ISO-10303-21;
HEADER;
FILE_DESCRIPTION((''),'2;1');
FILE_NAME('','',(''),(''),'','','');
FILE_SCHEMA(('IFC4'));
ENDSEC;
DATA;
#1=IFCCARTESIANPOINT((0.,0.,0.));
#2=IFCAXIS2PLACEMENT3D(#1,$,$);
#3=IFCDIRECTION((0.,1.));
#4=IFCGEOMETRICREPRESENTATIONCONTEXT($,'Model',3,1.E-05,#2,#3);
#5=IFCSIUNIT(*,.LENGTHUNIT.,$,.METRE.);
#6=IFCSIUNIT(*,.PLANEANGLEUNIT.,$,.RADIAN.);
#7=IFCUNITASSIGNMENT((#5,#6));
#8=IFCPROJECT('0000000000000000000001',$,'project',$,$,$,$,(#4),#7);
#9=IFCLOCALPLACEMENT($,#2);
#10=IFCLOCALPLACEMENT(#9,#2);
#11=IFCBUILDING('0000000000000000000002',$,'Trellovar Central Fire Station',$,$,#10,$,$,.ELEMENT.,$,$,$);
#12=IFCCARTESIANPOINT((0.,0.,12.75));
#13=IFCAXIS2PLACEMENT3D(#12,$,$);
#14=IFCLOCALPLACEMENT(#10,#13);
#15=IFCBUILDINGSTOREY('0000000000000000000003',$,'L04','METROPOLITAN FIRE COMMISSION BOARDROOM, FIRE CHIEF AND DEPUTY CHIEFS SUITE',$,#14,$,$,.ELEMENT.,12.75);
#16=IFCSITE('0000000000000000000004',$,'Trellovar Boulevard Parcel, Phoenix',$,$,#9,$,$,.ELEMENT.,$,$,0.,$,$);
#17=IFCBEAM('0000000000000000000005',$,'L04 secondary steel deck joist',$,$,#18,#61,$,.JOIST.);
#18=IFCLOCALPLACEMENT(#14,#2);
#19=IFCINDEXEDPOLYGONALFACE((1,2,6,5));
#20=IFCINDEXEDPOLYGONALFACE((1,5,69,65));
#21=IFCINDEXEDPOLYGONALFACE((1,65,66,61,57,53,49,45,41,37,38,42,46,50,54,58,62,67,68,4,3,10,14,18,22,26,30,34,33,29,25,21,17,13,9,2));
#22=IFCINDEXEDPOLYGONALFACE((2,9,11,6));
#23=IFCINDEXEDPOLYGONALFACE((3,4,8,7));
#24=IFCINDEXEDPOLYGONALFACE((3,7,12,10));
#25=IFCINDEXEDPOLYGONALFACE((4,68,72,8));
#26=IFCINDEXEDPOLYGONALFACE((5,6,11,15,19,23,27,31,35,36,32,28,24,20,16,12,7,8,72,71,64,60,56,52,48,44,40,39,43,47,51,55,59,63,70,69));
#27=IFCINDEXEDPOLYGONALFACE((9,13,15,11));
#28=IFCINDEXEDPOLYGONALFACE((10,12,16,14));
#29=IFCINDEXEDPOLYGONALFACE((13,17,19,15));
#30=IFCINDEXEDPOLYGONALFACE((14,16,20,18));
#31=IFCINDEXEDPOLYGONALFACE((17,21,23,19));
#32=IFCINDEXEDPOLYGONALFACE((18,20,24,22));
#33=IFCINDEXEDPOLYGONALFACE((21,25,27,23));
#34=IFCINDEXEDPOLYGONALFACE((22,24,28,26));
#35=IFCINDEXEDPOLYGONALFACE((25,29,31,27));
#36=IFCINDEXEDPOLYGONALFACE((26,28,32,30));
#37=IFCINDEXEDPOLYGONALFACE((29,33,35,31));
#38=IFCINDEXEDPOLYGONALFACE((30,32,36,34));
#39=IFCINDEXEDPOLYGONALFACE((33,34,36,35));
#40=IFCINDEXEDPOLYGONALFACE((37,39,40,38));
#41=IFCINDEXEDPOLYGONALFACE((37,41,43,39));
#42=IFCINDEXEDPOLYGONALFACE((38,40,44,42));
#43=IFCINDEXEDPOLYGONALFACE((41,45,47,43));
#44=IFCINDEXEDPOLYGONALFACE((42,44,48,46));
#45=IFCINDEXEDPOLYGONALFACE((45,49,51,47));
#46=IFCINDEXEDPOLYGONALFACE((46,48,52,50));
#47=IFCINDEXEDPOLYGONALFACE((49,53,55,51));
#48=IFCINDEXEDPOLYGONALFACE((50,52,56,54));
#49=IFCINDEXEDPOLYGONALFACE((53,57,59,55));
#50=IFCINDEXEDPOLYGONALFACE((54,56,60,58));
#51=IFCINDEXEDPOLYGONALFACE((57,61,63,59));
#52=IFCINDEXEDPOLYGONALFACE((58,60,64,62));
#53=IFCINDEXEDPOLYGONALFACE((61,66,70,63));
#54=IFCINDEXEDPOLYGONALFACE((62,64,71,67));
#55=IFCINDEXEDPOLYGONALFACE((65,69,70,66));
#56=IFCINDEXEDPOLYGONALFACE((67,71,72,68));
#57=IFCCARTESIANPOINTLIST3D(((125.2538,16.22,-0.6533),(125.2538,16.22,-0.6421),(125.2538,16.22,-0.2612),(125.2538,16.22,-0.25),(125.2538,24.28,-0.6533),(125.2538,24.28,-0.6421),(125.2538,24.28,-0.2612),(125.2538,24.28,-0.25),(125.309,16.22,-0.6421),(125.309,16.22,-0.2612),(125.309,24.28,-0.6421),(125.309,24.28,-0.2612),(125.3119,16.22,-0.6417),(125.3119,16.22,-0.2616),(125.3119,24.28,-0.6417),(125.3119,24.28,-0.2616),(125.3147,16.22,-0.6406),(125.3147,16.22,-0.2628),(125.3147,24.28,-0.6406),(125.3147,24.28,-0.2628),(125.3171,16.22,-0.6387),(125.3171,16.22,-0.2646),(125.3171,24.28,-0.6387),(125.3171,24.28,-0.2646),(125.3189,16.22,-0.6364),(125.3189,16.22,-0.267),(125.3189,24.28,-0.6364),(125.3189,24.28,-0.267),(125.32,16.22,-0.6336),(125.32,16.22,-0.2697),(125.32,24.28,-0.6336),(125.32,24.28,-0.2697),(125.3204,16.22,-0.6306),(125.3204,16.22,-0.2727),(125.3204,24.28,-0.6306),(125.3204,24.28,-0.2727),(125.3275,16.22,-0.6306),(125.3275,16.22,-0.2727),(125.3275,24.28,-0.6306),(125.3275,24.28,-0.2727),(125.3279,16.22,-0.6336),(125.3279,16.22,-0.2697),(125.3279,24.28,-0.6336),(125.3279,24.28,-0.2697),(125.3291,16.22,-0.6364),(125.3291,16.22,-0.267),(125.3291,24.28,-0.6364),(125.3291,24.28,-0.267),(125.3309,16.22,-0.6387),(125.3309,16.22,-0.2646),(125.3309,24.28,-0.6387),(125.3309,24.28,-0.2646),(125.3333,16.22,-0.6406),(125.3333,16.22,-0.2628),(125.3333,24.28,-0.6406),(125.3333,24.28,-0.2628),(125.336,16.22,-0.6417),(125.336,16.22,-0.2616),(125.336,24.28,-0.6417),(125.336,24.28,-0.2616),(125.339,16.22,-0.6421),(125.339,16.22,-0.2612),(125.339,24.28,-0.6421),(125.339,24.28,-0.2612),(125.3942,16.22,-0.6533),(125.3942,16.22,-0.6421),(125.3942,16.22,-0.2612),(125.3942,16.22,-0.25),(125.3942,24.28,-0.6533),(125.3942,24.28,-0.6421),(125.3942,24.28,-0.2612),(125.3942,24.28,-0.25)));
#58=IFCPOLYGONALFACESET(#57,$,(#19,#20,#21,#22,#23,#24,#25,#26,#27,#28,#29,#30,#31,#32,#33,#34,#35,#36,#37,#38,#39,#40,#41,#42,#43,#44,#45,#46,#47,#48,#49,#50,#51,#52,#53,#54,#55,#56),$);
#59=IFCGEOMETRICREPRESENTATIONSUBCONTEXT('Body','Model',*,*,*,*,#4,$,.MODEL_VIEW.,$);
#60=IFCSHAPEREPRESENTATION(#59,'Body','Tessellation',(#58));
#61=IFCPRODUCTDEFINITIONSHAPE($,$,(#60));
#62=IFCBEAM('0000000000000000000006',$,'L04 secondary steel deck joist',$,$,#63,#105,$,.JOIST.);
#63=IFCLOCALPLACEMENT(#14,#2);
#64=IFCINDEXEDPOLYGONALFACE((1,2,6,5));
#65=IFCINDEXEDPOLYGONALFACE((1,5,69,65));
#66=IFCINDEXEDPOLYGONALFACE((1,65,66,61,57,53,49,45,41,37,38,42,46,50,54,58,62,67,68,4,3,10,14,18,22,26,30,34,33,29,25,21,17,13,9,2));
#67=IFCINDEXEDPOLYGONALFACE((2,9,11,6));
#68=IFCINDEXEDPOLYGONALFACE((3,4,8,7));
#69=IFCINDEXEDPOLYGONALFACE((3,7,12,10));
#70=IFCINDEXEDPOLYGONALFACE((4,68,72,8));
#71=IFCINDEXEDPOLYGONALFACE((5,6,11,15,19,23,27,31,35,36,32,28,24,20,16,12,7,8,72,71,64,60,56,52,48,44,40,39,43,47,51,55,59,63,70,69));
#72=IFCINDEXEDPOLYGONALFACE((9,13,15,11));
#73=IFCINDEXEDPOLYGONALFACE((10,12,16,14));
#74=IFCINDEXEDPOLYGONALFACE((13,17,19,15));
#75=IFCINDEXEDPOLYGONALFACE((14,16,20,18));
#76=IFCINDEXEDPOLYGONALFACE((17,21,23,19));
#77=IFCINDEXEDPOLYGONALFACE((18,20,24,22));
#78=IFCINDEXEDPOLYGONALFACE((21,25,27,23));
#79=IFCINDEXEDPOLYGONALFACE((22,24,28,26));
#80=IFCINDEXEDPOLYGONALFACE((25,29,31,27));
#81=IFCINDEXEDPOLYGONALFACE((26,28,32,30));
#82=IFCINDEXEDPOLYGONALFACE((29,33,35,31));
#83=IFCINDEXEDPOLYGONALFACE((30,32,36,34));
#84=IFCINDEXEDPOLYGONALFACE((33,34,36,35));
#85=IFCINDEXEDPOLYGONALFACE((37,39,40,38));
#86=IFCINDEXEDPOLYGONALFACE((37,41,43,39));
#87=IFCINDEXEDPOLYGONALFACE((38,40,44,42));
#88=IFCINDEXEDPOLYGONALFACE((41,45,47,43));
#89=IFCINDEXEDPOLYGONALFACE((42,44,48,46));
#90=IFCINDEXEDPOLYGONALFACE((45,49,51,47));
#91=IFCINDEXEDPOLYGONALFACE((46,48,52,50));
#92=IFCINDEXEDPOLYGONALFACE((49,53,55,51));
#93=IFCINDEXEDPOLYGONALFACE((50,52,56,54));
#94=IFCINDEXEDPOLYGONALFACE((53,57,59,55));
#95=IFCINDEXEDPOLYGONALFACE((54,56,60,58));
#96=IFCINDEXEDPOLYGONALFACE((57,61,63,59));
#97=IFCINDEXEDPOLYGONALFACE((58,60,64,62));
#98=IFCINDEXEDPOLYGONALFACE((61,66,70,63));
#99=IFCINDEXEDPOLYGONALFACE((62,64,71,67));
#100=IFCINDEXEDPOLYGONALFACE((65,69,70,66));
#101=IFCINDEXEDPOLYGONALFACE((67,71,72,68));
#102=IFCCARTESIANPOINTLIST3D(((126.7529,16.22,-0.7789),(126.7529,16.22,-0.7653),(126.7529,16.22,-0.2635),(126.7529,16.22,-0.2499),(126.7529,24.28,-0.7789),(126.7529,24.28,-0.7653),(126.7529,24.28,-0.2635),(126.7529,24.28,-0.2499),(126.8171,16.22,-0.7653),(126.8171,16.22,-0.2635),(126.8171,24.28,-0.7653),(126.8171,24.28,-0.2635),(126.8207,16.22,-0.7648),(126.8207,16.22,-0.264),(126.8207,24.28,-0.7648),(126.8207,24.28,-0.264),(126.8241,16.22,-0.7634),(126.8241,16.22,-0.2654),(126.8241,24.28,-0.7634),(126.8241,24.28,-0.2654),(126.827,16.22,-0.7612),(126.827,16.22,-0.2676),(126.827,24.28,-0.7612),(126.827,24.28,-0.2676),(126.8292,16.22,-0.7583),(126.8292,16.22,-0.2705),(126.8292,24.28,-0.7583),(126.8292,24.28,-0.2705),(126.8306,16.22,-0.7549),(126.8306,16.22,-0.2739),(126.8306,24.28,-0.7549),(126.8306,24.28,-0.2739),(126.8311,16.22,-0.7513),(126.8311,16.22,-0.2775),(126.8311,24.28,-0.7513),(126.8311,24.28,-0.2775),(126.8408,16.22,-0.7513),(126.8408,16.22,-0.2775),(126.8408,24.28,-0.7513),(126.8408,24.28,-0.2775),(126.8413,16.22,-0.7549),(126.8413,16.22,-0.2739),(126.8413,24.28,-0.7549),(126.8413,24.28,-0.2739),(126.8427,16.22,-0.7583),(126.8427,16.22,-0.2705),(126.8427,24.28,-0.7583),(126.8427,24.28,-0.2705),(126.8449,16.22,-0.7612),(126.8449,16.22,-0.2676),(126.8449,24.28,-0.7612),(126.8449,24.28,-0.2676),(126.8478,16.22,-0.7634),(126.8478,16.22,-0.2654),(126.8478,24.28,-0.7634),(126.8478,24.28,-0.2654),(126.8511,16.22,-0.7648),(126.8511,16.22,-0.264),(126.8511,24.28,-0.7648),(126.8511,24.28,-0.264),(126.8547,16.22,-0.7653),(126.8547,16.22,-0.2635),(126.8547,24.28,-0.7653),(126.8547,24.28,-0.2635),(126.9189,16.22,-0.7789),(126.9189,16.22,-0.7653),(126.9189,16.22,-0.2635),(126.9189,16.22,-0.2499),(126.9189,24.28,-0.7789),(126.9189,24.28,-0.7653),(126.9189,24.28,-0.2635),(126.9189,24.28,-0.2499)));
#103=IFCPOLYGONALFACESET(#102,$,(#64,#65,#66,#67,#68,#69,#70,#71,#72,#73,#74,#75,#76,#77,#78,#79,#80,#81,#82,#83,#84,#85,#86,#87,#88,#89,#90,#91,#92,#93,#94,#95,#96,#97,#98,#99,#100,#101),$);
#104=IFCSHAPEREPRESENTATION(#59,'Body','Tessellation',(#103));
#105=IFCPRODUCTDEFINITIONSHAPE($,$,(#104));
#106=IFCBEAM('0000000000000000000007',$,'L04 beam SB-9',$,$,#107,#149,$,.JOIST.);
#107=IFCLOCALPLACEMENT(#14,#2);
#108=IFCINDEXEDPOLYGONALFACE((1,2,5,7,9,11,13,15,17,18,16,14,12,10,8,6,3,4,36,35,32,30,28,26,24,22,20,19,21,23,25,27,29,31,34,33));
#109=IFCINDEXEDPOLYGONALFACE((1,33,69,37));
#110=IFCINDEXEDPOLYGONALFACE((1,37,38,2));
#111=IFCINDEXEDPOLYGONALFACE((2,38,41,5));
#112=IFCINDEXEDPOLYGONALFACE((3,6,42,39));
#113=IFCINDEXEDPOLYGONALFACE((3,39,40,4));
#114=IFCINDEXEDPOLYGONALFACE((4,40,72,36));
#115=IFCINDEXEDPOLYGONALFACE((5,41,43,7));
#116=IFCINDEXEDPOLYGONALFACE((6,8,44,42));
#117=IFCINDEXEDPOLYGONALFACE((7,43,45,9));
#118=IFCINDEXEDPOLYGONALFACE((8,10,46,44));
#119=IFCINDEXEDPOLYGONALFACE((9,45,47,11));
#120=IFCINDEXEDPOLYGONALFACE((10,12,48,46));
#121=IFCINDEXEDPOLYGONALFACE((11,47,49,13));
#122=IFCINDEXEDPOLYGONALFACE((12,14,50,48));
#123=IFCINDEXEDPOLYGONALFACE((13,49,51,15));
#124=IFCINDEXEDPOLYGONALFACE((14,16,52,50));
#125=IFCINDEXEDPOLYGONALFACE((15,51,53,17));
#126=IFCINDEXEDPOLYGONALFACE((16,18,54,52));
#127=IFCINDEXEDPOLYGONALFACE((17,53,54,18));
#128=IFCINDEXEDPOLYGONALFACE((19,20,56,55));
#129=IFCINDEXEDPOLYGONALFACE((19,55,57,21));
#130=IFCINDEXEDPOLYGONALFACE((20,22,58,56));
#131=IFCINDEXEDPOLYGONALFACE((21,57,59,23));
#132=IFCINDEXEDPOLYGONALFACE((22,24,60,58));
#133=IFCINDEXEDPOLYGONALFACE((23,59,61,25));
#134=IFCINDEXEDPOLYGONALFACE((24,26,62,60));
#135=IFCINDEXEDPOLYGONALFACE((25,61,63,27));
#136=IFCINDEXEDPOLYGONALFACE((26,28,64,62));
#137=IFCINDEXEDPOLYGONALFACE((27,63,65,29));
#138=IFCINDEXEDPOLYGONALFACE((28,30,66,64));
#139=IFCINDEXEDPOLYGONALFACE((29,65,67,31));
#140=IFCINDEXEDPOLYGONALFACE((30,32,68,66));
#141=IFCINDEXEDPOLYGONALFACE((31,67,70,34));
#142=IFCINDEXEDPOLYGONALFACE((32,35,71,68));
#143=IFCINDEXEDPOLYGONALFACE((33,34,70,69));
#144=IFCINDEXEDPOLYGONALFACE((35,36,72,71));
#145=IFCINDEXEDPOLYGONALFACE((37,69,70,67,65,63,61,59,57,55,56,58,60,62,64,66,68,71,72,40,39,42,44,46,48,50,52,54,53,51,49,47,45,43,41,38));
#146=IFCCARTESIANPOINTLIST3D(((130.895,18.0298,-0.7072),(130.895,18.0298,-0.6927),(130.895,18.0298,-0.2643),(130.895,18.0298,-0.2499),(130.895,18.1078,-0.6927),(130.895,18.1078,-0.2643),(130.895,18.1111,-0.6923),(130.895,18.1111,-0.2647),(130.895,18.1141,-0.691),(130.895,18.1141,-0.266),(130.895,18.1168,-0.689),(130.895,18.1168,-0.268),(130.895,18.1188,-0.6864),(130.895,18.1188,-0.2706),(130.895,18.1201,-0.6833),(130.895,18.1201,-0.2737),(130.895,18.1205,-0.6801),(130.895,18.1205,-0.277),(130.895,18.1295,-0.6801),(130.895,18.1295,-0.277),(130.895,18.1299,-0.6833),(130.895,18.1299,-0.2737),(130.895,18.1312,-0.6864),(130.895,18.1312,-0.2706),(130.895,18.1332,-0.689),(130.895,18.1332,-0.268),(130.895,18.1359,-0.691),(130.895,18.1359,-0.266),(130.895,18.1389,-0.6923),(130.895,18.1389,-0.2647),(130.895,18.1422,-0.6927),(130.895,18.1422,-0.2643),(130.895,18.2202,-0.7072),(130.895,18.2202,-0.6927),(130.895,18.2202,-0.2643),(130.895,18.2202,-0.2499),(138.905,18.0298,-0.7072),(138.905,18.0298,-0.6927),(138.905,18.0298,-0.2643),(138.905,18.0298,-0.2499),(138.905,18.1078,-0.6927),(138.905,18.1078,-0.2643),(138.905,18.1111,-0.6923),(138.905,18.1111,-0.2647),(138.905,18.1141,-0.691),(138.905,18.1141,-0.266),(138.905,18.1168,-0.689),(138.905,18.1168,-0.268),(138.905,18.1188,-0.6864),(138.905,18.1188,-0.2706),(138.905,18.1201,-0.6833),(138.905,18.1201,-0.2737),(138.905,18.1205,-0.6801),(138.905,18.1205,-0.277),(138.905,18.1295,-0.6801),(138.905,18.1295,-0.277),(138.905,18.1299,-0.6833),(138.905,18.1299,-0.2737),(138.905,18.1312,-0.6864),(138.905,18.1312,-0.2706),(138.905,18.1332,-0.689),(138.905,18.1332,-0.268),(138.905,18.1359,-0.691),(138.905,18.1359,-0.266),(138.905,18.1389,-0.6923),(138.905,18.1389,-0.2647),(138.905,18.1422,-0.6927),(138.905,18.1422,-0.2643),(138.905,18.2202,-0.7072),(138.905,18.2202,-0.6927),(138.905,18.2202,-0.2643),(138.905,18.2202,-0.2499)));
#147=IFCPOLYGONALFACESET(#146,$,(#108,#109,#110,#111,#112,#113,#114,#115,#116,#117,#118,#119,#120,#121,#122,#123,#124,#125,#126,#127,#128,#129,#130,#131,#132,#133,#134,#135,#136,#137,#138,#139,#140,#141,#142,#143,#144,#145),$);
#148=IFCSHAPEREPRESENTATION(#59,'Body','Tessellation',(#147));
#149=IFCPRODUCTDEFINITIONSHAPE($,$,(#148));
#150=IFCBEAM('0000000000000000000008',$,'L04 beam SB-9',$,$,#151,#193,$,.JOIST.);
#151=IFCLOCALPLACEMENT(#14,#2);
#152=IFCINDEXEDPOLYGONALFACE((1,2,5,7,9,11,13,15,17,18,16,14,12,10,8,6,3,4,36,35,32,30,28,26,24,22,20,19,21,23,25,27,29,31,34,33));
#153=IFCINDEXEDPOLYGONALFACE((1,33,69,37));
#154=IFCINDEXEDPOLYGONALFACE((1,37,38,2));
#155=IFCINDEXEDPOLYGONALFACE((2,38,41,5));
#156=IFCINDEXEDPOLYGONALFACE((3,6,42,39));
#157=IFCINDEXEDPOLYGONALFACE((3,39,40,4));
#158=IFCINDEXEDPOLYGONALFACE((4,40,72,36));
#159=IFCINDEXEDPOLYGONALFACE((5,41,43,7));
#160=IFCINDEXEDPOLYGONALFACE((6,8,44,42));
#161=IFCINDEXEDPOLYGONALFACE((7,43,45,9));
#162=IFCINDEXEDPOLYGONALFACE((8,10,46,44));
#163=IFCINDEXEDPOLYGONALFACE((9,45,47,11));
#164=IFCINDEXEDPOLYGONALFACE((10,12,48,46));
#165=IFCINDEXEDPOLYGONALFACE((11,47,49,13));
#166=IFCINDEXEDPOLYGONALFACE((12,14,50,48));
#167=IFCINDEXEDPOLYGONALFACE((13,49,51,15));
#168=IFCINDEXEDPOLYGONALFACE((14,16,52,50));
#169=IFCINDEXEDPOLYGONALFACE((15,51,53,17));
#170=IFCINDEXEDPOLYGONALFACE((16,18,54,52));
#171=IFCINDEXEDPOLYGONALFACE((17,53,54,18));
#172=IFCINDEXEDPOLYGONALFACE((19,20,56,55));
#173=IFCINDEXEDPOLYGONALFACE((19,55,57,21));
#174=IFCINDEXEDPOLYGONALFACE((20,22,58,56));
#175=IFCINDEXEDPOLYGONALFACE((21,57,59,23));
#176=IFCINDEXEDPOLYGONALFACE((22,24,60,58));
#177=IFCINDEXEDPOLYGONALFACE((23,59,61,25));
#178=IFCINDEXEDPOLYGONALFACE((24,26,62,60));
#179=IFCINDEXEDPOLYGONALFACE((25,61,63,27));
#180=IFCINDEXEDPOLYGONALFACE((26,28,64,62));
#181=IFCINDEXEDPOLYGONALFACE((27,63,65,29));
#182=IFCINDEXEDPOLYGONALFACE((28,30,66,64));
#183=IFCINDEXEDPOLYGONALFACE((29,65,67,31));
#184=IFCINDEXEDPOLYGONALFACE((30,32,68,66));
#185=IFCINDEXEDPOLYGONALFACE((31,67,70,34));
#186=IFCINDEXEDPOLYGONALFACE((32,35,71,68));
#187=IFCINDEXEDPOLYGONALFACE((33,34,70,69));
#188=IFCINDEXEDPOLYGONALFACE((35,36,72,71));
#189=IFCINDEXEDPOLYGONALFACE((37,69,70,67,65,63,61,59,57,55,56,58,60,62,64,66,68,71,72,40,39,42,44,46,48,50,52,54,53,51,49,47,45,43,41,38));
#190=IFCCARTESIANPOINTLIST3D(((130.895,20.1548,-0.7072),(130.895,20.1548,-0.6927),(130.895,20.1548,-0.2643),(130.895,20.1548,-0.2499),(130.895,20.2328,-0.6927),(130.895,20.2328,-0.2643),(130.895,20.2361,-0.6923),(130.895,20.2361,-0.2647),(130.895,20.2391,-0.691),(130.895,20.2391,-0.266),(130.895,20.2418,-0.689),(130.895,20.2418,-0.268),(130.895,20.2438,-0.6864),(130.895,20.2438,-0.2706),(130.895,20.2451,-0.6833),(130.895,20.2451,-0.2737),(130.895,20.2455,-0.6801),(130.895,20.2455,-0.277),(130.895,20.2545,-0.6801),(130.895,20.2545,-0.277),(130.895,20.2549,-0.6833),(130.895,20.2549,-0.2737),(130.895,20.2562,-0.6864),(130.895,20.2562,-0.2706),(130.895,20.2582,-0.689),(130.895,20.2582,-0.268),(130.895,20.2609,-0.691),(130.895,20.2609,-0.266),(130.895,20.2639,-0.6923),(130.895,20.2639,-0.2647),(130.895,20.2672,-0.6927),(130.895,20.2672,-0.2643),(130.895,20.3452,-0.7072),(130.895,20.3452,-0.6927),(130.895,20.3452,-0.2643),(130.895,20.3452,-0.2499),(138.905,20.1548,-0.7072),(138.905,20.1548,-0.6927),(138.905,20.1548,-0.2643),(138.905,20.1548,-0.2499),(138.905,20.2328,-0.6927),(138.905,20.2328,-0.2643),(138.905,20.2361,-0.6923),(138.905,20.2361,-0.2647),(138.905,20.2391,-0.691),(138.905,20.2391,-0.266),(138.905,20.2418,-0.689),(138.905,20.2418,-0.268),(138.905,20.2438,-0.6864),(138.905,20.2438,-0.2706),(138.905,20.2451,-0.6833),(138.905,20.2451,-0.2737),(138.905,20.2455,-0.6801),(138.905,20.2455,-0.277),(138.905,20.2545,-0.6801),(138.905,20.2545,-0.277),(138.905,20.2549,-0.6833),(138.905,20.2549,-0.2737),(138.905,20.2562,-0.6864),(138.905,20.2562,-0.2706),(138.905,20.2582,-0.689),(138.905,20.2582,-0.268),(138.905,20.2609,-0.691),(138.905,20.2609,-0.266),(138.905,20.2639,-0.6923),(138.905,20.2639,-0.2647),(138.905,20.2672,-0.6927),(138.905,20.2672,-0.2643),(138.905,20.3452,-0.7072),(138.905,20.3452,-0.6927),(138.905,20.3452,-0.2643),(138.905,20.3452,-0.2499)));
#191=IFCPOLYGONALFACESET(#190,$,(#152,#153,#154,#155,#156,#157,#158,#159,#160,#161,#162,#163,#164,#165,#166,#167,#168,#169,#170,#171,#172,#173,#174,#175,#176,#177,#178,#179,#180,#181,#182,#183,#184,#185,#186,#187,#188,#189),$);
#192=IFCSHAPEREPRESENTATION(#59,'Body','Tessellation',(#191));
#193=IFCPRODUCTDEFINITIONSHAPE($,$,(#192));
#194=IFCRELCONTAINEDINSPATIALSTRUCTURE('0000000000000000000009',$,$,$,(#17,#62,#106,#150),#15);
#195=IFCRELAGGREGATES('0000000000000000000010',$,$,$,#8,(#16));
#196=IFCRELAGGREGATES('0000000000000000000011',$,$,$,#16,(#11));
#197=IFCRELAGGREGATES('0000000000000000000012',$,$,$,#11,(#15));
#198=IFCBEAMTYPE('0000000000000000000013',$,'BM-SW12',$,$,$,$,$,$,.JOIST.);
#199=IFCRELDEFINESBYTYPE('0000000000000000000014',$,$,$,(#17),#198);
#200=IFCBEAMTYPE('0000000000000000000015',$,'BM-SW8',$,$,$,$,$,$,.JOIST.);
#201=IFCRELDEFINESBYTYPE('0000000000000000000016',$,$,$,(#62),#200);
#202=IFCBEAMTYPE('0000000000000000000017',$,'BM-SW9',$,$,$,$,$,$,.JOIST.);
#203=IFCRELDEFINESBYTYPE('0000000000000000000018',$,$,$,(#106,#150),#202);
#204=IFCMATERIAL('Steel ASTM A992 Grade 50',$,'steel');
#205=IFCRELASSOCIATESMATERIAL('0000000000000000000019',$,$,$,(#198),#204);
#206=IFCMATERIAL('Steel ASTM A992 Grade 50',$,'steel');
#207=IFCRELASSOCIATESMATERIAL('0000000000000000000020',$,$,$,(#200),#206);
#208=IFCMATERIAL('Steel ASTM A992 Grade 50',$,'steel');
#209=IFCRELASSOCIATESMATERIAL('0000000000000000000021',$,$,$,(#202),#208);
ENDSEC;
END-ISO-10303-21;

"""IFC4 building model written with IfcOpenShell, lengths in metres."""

from ifc_helpers import new_model, si_unit, direction, frame, origin, origin_2d, place, context, subcontext, project, spatial, i_section, extrude, material, material_profile, profile_set, type_object, element, save


model = new_model("IFC4")

# Units and contexts
model_context = context("Model", 3, precision=1e-05, world=origin(), true_north=direction((0.0, 1.0)))
body_context = subcontext(model_context, "Body", "Model", "MODEL_VIEW")
ifc_project = project(units=[si_unit("LENGTHUNIT", "METRE"), si_unit("PLANEANGLEUNIT", "RADIAN")], contexts=[model_context])

# Site, building, storey
site_placement = place(None, origin())
site = spatial("IfcSite", under=ifc_project, at=site_placement, Name="Trellovar Boulevard Parcel, Phoenix", CompositionType="ELEMENT", RefElevation=0.0)
building_placement = place(site_placement, origin())
building = spatial("IfcBuilding", under=site, at=building_placement, Name="Trellovar Central Fire Station", CompositionType="ELEMENT")
storey_placement = place(building_placement, frame((0.0, 0.0, 12.75)))
storey = spatial("IfcBuildingStorey", under=building, at=storey_placement, Name="L04", Description="METROPOLITAN FIRE COMMISSION BOARDROOM, FIRE CHIEF AND DEPUTY CHIEFS SUITE", CompositionType="ELEMENT", Elevation=12.75)

# Beams
ifc_material_1 = material(Name="Steel ASTM A992 Grade 50", Category="steel")
ifc_material_profile_1 = material_profile(ifc_material_1, i_section(OverallWidth=0.1404, OverallDepth=0.4033, WebThickness=0.0071, FlangeThickness=0.0112, FilletRadius=0.0115, at=origin_2d()), Name="W16X31")
ifc_profile_set_1 = profile_set([ifc_material_profile_1], Name="Steel ASTM A992 Grade 50")
beam_type_1 = type_object("IfcBeamType", Name="BM-SW12", PredefinedType="JOIST", material=ifc_profile_set_1)
beam_1_placement = place(storey_placement, frame((125.324, 16.22, -0.4517), z_axis=(0.0, 1.0, 0.0), x_axis=(-1.0, 0.0, 0.0)))
element("IfcBeam", 1, at=beam_1_placement, inside=storey, type_object=beam_type_1, Name="L04 secondary steel deck joist", PredefinedType="JOIST", context=body_context, shape_type="SweptSolid", body=[
    extrude(i_section(OverallWidth=0.1404, OverallDepth=0.4033, WebThickness=0.0071, FlangeThickness=0.0112, FilletRadius=0.0115, at=origin_2d()), origin(), (0.0, 0.0, 1.0), 8.0601),
])
ifc_material_2 = material(Name="Steel ASTM A992 Grade 50", Category="steel")
ifc_material_profile_2 = material_profile(ifc_material_2, i_section(OverallWidth=0.166, OverallDepth=0.5291, WebThickness=0.0098, FlangeThickness=0.0137, FilletRadius=0.0139, at=origin_2d()), Name="W21X50")
ifc_profile_set_2 = profile_set([ifc_material_profile_2], Name="Steel ASTM A992 Grade 50")
beam_type_2 = type_object("IfcBeamType", Name="BM-SW8", PredefinedType="JOIST", material=ifc_profile_set_2)
beam_2_placement = place(storey_placement, frame((126.8359, 16.22, -0.5144), z_axis=(0.0, 1.0, 0.0), x_axis=(-1.0, 0.0, 0.0)))
element("IfcBeam", 2, at=beam_2_placement, inside=storey, type_object=beam_type_2, Name="L04 secondary steel deck joist", PredefinedType="JOIST", context=body_context, shape_type="SweptSolid", body=[
    extrude(i_section(OverallWidth=0.166, OverallDepth=0.5291, WebThickness=0.0098, FlangeThickness=0.0137, FilletRadius=0.0139, at=origin_2d()), origin(), (0.0, 0.0, 1.0), 8.0601),
])
ifc_material_3 = material(Name="Steel ASTM A992 Grade 50", Category="steel")
ifc_material_profile_3 = material_profile(ifc_material_3, i_section(OverallWidth=0.1904, OverallDepth=0.4573, WebThickness=0.009, FlangeThickness=0.0144, FilletRadius=0.0127, at=origin_2d()), Name="W18X50")
ifc_profile_set_3 = profile_set([ifc_material_profile_3], Name="Steel ASTM A992 Grade 50")
beam_type_3 = type_object("IfcBeamType", Name="BM-SW9", PredefinedType="JOIST", material=ifc_profile_set_3)
for number, where, z_axis, x_axis, name in (
    (3, (130.895, 18.125, -0.4785), (1.0, 0.0, 0.0), (0.0, 1.0, 0.0), "L04 beam SB-9"),
    (4, (130.895, 20.25, -0.4785), (1.0, 0.0, 0.0), (0.0, 1.0, 0.0), "L04 beam SB-9"),
):
    element("IfcBeam", number, at=place(storey_placement, frame(where, z_axis=z_axis, x_axis=x_axis)), inside=storey, type_object=beam_type_3, Name=name, PredefinedType="JOIST", context=body_context, shape_type="SweptSolid", body=[
        extrude(i_section(OverallWidth=0.1904, OverallDepth=0.4573, WebThickness=0.009, FlangeThickness=0.0144, FilletRadius=0.0127, at=origin_2d()), origin(), (0.0, 0.0, 1.0), 8.01),
    ])

save(model, "model.ifc")
